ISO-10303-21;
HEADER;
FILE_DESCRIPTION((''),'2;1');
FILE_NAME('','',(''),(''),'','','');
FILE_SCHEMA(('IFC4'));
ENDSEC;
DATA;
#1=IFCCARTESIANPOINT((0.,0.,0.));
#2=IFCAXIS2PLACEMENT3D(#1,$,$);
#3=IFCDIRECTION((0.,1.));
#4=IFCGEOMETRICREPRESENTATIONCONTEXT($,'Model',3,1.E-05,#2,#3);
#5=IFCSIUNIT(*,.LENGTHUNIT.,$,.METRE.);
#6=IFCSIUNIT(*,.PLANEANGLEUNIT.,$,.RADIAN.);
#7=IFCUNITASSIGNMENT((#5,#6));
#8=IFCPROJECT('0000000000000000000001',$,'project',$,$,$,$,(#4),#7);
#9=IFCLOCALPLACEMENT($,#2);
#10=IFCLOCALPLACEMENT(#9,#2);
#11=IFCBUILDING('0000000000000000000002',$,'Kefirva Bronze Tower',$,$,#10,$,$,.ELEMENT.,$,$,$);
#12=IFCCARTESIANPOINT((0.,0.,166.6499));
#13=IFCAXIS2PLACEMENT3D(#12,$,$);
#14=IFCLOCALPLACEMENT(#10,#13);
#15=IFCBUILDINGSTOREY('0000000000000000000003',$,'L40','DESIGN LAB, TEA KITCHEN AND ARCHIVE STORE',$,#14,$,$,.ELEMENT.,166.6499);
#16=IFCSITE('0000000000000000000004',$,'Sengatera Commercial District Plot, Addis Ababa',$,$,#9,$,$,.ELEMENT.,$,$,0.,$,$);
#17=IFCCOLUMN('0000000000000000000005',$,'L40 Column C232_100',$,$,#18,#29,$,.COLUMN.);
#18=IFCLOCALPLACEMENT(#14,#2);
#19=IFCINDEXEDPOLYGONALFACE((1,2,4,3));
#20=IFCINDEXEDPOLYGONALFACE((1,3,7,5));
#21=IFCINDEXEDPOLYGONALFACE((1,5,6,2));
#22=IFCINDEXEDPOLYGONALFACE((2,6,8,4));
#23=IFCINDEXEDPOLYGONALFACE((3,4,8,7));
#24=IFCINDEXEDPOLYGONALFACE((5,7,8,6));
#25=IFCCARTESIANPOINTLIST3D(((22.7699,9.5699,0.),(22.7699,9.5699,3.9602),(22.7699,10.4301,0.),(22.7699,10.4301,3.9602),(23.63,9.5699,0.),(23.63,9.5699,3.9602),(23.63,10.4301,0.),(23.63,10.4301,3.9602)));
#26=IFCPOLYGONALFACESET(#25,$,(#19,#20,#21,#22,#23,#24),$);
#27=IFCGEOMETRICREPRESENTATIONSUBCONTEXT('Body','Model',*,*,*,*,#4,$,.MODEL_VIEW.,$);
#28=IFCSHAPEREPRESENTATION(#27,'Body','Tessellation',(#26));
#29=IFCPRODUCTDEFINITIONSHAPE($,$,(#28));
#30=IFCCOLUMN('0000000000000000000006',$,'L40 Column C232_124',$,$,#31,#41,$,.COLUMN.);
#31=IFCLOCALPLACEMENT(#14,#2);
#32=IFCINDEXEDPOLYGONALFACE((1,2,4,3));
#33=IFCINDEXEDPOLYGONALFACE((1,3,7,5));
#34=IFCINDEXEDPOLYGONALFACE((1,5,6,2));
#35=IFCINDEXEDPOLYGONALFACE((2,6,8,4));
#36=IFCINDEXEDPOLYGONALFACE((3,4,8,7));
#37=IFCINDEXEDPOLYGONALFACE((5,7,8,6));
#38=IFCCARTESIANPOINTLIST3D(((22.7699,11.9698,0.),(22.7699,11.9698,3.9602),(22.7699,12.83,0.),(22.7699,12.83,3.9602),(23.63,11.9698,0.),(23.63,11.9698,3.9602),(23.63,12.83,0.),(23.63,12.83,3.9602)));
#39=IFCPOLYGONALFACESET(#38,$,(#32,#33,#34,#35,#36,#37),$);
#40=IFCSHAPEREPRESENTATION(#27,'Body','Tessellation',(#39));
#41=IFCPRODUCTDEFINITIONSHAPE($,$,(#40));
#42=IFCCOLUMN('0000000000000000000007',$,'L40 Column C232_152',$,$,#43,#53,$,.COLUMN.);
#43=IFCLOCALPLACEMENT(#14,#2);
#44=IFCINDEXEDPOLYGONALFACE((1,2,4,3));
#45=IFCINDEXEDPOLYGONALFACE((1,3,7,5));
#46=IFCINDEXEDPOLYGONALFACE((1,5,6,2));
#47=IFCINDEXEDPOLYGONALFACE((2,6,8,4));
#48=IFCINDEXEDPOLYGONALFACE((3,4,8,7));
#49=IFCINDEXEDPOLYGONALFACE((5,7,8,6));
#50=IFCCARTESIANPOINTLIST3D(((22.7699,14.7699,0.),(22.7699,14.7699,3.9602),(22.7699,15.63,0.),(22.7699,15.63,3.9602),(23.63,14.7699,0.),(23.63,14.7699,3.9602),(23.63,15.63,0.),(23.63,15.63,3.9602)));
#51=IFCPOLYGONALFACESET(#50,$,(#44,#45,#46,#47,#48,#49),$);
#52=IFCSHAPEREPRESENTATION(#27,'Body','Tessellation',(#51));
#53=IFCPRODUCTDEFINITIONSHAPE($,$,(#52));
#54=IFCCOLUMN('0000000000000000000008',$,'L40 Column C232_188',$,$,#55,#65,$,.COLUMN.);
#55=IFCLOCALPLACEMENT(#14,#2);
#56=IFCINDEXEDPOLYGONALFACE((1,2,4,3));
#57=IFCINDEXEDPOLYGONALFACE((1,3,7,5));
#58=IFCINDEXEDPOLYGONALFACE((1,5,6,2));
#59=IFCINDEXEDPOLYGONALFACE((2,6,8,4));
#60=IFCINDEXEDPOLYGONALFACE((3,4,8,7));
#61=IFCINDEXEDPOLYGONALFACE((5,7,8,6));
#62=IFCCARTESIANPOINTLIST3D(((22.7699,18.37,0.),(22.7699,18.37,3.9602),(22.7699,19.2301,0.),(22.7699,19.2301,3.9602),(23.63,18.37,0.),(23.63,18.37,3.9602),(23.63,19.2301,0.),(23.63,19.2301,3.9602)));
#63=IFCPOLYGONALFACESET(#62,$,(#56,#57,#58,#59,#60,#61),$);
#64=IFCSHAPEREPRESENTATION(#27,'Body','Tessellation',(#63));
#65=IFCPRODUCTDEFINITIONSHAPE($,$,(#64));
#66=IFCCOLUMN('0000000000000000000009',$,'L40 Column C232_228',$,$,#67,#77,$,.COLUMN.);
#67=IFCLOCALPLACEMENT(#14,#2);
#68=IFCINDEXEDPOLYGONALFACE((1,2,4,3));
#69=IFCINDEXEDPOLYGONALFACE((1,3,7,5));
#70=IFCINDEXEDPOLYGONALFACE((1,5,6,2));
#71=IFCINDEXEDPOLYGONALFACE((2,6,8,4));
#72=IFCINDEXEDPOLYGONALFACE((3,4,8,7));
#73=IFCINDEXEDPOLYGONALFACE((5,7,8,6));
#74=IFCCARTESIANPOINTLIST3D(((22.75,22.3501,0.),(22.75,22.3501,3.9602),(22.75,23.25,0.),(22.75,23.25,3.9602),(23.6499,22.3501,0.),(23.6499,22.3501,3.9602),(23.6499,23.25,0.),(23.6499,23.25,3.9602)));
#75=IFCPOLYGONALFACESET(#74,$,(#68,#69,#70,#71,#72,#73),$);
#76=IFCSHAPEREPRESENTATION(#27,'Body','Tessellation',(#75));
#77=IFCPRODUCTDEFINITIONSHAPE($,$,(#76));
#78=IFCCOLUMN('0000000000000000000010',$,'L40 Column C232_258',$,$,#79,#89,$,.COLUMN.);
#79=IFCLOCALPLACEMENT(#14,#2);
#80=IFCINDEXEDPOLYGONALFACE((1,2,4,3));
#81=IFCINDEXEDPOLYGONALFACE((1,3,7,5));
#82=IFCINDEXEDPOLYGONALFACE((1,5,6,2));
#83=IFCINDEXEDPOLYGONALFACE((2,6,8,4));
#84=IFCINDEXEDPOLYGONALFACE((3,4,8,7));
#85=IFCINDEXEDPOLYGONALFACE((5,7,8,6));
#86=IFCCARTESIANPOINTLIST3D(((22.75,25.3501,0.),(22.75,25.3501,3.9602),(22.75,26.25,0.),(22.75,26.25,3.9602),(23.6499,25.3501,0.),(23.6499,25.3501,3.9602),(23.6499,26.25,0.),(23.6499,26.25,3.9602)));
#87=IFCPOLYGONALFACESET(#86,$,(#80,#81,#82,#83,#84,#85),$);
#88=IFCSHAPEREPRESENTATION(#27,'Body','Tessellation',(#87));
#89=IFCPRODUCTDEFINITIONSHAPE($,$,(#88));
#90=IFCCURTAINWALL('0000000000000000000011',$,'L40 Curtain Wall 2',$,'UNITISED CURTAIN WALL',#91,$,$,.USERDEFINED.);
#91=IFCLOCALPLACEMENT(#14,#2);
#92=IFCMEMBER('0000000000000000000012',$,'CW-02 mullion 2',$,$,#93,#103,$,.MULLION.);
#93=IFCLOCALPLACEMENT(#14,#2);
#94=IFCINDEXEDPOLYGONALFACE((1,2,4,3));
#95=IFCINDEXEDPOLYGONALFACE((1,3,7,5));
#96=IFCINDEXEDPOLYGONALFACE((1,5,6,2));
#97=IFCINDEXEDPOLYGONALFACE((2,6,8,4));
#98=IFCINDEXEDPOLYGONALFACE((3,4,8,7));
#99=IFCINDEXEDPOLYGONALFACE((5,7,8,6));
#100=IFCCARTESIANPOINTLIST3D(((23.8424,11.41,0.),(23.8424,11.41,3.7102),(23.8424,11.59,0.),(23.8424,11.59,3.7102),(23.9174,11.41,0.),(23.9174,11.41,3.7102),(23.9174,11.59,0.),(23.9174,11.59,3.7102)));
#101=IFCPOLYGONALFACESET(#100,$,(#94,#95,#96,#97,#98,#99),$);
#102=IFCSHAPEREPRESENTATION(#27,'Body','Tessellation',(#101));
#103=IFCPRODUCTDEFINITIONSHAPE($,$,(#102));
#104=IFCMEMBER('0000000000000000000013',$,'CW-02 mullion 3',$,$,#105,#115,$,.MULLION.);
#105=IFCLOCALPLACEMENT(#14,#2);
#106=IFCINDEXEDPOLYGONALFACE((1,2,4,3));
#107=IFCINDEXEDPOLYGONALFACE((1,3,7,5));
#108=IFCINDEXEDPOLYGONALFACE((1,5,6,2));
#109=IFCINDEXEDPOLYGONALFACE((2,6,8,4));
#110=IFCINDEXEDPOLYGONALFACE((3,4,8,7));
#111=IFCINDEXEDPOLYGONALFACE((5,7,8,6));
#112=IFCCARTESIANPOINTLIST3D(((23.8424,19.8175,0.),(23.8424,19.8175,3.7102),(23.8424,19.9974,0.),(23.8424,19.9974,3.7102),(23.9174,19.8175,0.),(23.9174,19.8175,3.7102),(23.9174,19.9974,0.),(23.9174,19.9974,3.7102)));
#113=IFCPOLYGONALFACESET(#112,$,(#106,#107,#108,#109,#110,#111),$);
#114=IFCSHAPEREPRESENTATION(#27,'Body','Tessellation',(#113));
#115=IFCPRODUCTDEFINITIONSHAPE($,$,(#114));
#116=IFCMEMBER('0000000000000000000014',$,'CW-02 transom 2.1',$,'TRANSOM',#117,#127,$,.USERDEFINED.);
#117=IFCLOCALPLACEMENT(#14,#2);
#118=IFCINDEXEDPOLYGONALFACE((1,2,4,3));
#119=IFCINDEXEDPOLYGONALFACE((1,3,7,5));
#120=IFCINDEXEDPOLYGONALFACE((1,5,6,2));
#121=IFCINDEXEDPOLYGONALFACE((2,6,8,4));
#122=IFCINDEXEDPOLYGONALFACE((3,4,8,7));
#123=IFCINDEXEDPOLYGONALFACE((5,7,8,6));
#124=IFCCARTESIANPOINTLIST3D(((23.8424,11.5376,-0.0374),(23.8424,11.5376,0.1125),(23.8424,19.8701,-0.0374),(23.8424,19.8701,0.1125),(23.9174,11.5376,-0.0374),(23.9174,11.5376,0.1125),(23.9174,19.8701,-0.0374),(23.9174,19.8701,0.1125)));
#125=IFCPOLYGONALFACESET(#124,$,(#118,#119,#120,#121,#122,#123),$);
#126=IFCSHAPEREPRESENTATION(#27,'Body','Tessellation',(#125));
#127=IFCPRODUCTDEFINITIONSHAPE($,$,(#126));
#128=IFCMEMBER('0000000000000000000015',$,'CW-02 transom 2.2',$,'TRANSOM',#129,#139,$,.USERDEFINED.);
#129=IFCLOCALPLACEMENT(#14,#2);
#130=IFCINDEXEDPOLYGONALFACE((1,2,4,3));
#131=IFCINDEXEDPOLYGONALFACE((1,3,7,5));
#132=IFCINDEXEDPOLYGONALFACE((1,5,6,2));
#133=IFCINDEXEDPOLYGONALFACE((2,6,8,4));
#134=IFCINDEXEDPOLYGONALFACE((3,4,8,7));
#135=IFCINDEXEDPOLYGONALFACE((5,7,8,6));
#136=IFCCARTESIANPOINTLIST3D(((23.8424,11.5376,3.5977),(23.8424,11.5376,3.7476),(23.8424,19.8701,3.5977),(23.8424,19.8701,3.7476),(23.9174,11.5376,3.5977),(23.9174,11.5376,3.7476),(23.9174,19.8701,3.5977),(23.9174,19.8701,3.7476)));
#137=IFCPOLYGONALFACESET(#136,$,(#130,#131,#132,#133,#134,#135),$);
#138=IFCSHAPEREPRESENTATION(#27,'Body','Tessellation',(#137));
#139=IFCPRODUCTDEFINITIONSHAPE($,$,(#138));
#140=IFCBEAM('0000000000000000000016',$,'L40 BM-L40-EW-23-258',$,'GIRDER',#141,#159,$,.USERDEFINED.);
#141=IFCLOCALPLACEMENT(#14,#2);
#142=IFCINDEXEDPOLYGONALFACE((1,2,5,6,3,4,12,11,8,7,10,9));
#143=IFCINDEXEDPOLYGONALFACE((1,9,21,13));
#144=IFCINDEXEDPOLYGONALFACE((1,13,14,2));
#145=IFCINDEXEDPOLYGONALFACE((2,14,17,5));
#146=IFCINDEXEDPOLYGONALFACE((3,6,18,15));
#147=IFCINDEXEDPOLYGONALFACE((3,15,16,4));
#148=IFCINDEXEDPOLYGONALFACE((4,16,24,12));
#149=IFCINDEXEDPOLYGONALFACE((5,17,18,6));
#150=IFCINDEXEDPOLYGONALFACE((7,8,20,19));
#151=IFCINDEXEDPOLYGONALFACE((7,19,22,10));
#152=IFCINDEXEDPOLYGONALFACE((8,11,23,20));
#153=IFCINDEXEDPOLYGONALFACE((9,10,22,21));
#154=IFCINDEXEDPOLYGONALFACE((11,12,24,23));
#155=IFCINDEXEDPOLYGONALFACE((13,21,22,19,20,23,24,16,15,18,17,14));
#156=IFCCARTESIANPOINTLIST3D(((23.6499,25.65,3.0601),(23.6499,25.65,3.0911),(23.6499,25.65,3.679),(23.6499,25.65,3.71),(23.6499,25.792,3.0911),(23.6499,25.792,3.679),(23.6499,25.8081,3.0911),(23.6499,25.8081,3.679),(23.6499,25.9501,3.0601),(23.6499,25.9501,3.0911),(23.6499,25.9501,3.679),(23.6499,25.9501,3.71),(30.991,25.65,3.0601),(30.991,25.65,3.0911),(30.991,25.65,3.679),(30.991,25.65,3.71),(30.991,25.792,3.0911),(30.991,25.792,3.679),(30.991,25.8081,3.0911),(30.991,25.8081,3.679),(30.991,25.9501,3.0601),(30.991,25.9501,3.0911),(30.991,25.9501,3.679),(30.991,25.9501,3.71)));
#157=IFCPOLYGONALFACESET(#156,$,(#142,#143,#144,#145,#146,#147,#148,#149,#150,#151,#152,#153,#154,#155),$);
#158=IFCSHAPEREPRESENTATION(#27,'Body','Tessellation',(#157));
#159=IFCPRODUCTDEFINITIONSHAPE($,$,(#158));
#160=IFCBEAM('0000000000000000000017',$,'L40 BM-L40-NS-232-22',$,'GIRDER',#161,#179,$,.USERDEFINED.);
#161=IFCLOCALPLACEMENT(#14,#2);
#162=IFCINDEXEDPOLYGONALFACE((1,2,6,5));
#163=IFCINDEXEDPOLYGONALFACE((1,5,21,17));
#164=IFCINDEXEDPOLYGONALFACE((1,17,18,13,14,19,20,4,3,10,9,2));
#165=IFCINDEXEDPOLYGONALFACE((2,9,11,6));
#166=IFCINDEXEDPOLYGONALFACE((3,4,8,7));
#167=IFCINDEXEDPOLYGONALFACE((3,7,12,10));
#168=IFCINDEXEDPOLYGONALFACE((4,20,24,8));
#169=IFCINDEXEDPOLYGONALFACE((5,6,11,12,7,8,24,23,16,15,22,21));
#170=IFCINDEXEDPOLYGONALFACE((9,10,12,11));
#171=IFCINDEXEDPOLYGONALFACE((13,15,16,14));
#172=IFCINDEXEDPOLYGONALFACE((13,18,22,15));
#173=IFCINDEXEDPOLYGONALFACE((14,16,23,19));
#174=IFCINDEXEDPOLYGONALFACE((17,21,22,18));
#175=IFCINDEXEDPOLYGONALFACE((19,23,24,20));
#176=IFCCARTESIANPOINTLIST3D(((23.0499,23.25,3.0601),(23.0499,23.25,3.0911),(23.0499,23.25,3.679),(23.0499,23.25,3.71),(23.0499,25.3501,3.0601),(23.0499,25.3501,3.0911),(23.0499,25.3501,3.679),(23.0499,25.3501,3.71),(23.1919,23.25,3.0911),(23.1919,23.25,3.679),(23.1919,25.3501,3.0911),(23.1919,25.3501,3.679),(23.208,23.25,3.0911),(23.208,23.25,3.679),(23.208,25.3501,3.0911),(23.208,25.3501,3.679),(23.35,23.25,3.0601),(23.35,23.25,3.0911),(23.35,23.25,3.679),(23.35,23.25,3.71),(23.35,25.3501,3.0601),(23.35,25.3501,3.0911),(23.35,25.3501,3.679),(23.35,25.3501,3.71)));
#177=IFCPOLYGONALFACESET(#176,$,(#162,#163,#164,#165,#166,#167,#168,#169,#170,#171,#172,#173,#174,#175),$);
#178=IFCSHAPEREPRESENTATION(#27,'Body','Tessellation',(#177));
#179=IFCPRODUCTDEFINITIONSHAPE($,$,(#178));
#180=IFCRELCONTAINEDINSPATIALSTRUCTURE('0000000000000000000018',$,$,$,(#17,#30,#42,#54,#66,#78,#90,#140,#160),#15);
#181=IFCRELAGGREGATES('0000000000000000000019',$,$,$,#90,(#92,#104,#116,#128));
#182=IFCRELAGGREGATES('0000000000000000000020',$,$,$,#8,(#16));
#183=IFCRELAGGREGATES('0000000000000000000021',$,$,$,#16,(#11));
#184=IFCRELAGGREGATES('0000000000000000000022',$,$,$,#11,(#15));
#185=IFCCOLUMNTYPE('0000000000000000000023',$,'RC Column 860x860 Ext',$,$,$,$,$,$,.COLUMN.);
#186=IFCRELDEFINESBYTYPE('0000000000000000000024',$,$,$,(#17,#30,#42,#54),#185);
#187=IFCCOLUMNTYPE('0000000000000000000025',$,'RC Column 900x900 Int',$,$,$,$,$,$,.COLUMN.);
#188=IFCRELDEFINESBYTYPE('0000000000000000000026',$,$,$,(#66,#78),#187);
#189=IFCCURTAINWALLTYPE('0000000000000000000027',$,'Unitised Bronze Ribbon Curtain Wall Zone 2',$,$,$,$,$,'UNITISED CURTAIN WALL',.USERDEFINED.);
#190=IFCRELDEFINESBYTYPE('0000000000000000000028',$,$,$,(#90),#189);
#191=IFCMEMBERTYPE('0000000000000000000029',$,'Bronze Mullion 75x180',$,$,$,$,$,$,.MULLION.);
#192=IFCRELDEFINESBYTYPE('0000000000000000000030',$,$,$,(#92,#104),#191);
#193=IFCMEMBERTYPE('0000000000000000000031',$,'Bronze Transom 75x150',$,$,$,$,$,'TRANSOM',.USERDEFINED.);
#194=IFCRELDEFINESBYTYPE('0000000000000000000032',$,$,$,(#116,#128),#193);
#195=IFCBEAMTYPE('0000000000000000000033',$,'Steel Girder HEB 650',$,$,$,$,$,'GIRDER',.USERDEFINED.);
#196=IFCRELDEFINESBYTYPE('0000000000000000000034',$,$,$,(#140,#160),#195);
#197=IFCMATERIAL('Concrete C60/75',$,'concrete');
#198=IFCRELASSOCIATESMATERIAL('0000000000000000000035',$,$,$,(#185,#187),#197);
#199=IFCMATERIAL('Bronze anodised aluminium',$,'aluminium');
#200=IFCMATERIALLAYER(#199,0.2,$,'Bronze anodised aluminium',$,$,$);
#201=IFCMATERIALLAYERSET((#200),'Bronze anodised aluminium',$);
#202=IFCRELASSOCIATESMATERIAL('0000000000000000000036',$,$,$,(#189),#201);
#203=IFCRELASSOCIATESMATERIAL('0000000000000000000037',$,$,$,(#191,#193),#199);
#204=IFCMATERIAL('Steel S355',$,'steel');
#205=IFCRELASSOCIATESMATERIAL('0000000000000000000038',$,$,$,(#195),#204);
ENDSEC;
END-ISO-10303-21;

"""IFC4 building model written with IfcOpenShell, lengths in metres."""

from ifc_helpers import new_model, si_unit, direction, frame, origin, origin_2d, place, context, subcontext, project, spatial, rectangle, i_section, extrude, material, layer, layer_set, material_profile, profile_set, type_object, element, aggregate, save


model = new_model("IFC4")

# Units and contexts
model_context = context("Model", 3, precision=1e-05, world=origin(), true_north=direction((0.0, 1.0)))
body_context = subcontext(model_context, "Body", "Model", "MODEL_VIEW")
ifc_project = project(units=[si_unit("LENGTHUNIT", "METRE"), si_unit("PLANEANGLEUNIT", "RADIAN")], contexts=[model_context])

# Site, building, storey
site_placement = place(None, origin())
site = spatial("IfcSite", under=ifc_project, at=site_placement, Name="Sengatera Commercial District Plot, Addis Ababa", CompositionType="ELEMENT", RefElevation=0.0)
building_placement = place(site_placement, origin())
building = spatial("IfcBuilding", under=site, at=building_placement, Name="Kefirva Bronze Tower", CompositionType="ELEMENT")
storey_placement = place(building_placement, frame((0.0, 0.0, 166.6499)))
storey = spatial("IfcBuildingStorey", under=building, at=storey_placement, Name="L40", Description="DESIGN LAB, TEA KITCHEN AND ARCHIVE STORE", CompositionType="ELEMENT", Elevation=166.6499)

# Columns
ifc_material_1 = material(Name="Concrete C60/75", Category="concrete")
ifc_material_profile_1 = material_profile(ifc_material_1, rectangle(XDim=0.8601, YDim=0.8601, at=origin_2d()), Name="RC 860x860")
ifc_profile_set_1 = profile_set([ifc_material_profile_1], Name="Concrete C60/75")
column_type_1 = type_object("IfcColumnType", Name="RC Column 860x860 Ext", PredefinedType="COLUMN", material=ifc_profile_set_1)
for number, where, z_axis, x_axis, name in (
    (1, (23.2, 10.0, 0.0), (0.0, 0.0, 1.0), (1.0, 0.0, 0.0), "L40 Column C232_100"),
    (2, (23.2, 12.3999, 0.0), (0.0, 0.0, 1.0), (1.0, 0.0, 0.0), "L40 Column C232_124"),
    (3, (23.2, 15.2, 0.0), (0.0, 0.0, 1.0), (1.0, 0.0, 0.0), "L40 Column C232_152"),
    (4, (23.2, 18.8, 0.0), (0.0, 0.0, 1.0), (1.0, 0.0, 0.0), "L40 Column C232_188"),
):
    element("IfcColumn", number, at=place(storey_placement, frame(where, z_axis=z_axis, x_axis=x_axis)), inside=storey, type_object=column_type_1, Name=name, PredefinedType="COLUMN", context=body_context, shape_type="SweptSolid", body=[
        extrude(rectangle(XDim=0.8601, YDim=0.8601, at=origin_2d()), origin(), (0.0, 0.0, 1.0), 3.9602),
    ])
ifc_material_profile_2 = material_profile(ifc_material_1, rectangle(XDim=0.8999, YDim=0.8999, at=origin_2d()), Name="RC 900x900")
ifc_profile_set_2 = profile_set([ifc_material_profile_2], Name="Concrete C60/75")
column_type_2 = type_object("IfcColumnType", Name="RC Column 900x900 Int", PredefinedType="COLUMN", material=ifc_profile_set_2)
for number, where, z_axis, x_axis, name in (
    (5, (23.2, 22.8, 0.0), (0.0, 0.0, 1.0), (1.0, 0.0, 0.0), "L40 Column C232_228"),
    (6, (23.2, 25.8, 0.0), (0.0, 0.0, 1.0), (1.0, 0.0, 0.0), "L40 Column C232_258"),
):
    element("IfcColumn", number, at=place(storey_placement, frame(where, z_axis=z_axis, x_axis=x_axis)), inside=storey, type_object=column_type_2, Name=name, PredefinedType="COLUMN", context=body_context, shape_type="SweptSolid", body=[
        extrude(rectangle(XDim=0.8999, YDim=0.8999, at=origin_2d()), origin(), (0.0, 0.0, 1.0), 3.9602),
    ])

# Curtain wall, members
ifc_material_2 = material(Name="Bronze anodised aluminium", Category="aluminium")
ifc_layer_1 = layer(ifc_material_2, 0.2, Name="Bronze anodised aluminium")
ifc_layer_set_1 = layer_set([ifc_layer_1], Name="Bronze anodised aluminium")
curtain_wall_type = type_object("IfcCurtainWallType", Name="Unitised Bronze Ribbon Curtain Wall Zone 2", ElementType="UNITISED CURTAIN WALL", PredefinedType="USERDEFINED", material=ifc_layer_set_1)
curtain_wall_placement = place(storey_placement, origin())
curtain_wall = element("IfcCurtainWall", 7, at=curtain_wall_placement, inside=storey, type_object=curtain_wall_type, Name="L40 Curtain Wall 2", ObjectType="UNITISED CURTAIN WALL", PredefinedType="USERDEFINED")
ifc_material_profile_3 = material_profile(ifc_material_2, rectangle(XDim=0.075, YDim=0.1799, at=origin_2d()), Name="ALU 75x180")
ifc_profile_set_3 = profile_set([ifc_material_profile_3], Name="Bronze anodised aluminium")
member_type_1 = type_object("IfcMemberType", Name="Bronze Mullion 75x180", PredefinedType="MULLION", material=ifc_profile_set_3)
member_1_placement = place(storey_placement, frame((23.8799, 11.5, 0.0), z_axis=(0.0, 0.0, 1.0), x_axis=(-1.0, 0.0, 0.0)))
member_1 = element("IfcMember", 8, at=member_1_placement, type_object=member_type_1, Name="CW-02 mullion 2", PredefinedType="MULLION", context=body_context, shape_type="SweptSolid", body=[
    extrude(rectangle(XDim=0.075, YDim=0.1799, at=origin_2d()), origin(), (0.0, 0.0, 1.0), 3.7102),
])
member_2_placement = place(storey_placement, frame((23.8799, 19.9075, 0.0), z_axis=(0.0, 0.0, 1.0), x_axis=(-1.0, 0.0, 0.0)))
member_2 = element("IfcMember", 9, at=member_2_placement, type_object=member_type_1, Name="CW-02 mullion 3", PredefinedType="MULLION", context=body_context, shape_type="SweptSolid", body=[
    extrude(rectangle(XDim=0.075, YDim=0.1799, at=origin_2d()), origin(), (0.0, 0.0, 1.0), 3.7102),
])
ifc_material_profile_4 = material_profile(ifc_material_2, rectangle(XDim=0.075, YDim=0.1499, at=origin_2d()), Name="ALU 75x150")
ifc_profile_set_4 = profile_set([ifc_material_profile_4], Name="Bronze anodised aluminium")
member_type_2 = type_object("IfcMemberType", Name="Bronze Transom 75x150", ElementType="TRANSOM", PredefinedType="USERDEFINED", material=ifc_profile_set_4)
member_3_placement = place(storey_placement, frame((23.8799, 11.5376, 0.0376), z_axis=(0.0, 1.0, 0.0), x_axis=(-1.0, 0.0, 0.0)))
member_3 = element("IfcMember", 10, at=member_3_placement, type_object=member_type_2, Name="CW-02 transom 2.1", ObjectType="TRANSOM", PredefinedType="USERDEFINED", context=body_context, shape_type="SweptSolid", body=[
    extrude(rectangle(XDim=0.075, YDim=0.1499, at=origin_2d()), origin(), (0.0, 0.0, 1.0), 8.3325),
])
member_4_placement = place(storey_placement, frame((23.8799, 11.5376, 3.6726), z_axis=(0.0, 1.0, 0.0), x_axis=(-1.0, 0.0, 0.0)))
member_4 = element("IfcMember", 11, at=member_4_placement, type_object=member_type_2, Name="CW-02 transom 2.2", ObjectType="TRANSOM", PredefinedType="USERDEFINED", context=body_context, shape_type="SweptSolid", body=[
    extrude(rectangle(XDim=0.075, YDim=0.1499, at=origin_2d()), origin(), (0.0, 0.0, 1.0), 8.3325),
])

# Beams
ifc_material_3 = material(Name="Steel S355", Category="steel")
ifc_material_profile_5 = material_profile(ifc_material_3, i_section(OverallWidth=0.3, OverallDepth=0.6499, WebThickness=0.0161, FlangeThickness=0.031, at=origin_2d()), Name="HEB 650")
ifc_profile_set_5 = profile_set([ifc_material_profile_5], Name="Steel S355")
beam_type_1 = type_object("IfcBeamType", Name="Steel Girder HEB 650", ElementType="GIRDER", PredefinedType="USERDEFINED", material=ifc_profile_set_5)
beam_1_placement = place(storey_placement, frame((23.6499, 25.8, 3.385), z_axis=(1.0, 0.0, 0.0), x_axis=(0.0, 1.0, 0.0)))
element("IfcBeam", 12, at=beam_1_placement, inside=storey, type_object=beam_type_1, Name="L40 BM-L40-EW-23-258", ObjectType="GIRDER", PredefinedType="USERDEFINED", context=body_context, shape_type="SweptSolid", body=[
    extrude(i_section(OverallWidth=0.3, OverallDepth=0.6499, WebThickness=0.0161, FlangeThickness=0.031, at=origin_2d()), origin(), (0.0, 0.0, 1.0), 7.3411),
])
beam_2_placement = place(storey_placement, frame((23.2, 23.25, 3.385), z_axis=(0.0, 1.0, 0.0), x_axis=(-1.0, 0.0, 0.0)))
element("IfcBeam", 13, at=beam_2_placement, inside=storey, type_object=beam_type_1, Name="L40 BM-L40-NS-232-22", ObjectType="GIRDER", PredefinedType="USERDEFINED", context=body_context, shape_type="SweptSolid", body=[
    extrude(i_section(OverallWidth=0.3, OverallDepth=0.6499, WebThickness=0.0161, FlangeThickness=0.031, at=origin_2d()), origin(), (0.0, 0.0, 1.0), 2.1001),
])

aggregate(curtain_wall, [member_1, member_2, member_3, member_4])

save(model, "model.ifc")
